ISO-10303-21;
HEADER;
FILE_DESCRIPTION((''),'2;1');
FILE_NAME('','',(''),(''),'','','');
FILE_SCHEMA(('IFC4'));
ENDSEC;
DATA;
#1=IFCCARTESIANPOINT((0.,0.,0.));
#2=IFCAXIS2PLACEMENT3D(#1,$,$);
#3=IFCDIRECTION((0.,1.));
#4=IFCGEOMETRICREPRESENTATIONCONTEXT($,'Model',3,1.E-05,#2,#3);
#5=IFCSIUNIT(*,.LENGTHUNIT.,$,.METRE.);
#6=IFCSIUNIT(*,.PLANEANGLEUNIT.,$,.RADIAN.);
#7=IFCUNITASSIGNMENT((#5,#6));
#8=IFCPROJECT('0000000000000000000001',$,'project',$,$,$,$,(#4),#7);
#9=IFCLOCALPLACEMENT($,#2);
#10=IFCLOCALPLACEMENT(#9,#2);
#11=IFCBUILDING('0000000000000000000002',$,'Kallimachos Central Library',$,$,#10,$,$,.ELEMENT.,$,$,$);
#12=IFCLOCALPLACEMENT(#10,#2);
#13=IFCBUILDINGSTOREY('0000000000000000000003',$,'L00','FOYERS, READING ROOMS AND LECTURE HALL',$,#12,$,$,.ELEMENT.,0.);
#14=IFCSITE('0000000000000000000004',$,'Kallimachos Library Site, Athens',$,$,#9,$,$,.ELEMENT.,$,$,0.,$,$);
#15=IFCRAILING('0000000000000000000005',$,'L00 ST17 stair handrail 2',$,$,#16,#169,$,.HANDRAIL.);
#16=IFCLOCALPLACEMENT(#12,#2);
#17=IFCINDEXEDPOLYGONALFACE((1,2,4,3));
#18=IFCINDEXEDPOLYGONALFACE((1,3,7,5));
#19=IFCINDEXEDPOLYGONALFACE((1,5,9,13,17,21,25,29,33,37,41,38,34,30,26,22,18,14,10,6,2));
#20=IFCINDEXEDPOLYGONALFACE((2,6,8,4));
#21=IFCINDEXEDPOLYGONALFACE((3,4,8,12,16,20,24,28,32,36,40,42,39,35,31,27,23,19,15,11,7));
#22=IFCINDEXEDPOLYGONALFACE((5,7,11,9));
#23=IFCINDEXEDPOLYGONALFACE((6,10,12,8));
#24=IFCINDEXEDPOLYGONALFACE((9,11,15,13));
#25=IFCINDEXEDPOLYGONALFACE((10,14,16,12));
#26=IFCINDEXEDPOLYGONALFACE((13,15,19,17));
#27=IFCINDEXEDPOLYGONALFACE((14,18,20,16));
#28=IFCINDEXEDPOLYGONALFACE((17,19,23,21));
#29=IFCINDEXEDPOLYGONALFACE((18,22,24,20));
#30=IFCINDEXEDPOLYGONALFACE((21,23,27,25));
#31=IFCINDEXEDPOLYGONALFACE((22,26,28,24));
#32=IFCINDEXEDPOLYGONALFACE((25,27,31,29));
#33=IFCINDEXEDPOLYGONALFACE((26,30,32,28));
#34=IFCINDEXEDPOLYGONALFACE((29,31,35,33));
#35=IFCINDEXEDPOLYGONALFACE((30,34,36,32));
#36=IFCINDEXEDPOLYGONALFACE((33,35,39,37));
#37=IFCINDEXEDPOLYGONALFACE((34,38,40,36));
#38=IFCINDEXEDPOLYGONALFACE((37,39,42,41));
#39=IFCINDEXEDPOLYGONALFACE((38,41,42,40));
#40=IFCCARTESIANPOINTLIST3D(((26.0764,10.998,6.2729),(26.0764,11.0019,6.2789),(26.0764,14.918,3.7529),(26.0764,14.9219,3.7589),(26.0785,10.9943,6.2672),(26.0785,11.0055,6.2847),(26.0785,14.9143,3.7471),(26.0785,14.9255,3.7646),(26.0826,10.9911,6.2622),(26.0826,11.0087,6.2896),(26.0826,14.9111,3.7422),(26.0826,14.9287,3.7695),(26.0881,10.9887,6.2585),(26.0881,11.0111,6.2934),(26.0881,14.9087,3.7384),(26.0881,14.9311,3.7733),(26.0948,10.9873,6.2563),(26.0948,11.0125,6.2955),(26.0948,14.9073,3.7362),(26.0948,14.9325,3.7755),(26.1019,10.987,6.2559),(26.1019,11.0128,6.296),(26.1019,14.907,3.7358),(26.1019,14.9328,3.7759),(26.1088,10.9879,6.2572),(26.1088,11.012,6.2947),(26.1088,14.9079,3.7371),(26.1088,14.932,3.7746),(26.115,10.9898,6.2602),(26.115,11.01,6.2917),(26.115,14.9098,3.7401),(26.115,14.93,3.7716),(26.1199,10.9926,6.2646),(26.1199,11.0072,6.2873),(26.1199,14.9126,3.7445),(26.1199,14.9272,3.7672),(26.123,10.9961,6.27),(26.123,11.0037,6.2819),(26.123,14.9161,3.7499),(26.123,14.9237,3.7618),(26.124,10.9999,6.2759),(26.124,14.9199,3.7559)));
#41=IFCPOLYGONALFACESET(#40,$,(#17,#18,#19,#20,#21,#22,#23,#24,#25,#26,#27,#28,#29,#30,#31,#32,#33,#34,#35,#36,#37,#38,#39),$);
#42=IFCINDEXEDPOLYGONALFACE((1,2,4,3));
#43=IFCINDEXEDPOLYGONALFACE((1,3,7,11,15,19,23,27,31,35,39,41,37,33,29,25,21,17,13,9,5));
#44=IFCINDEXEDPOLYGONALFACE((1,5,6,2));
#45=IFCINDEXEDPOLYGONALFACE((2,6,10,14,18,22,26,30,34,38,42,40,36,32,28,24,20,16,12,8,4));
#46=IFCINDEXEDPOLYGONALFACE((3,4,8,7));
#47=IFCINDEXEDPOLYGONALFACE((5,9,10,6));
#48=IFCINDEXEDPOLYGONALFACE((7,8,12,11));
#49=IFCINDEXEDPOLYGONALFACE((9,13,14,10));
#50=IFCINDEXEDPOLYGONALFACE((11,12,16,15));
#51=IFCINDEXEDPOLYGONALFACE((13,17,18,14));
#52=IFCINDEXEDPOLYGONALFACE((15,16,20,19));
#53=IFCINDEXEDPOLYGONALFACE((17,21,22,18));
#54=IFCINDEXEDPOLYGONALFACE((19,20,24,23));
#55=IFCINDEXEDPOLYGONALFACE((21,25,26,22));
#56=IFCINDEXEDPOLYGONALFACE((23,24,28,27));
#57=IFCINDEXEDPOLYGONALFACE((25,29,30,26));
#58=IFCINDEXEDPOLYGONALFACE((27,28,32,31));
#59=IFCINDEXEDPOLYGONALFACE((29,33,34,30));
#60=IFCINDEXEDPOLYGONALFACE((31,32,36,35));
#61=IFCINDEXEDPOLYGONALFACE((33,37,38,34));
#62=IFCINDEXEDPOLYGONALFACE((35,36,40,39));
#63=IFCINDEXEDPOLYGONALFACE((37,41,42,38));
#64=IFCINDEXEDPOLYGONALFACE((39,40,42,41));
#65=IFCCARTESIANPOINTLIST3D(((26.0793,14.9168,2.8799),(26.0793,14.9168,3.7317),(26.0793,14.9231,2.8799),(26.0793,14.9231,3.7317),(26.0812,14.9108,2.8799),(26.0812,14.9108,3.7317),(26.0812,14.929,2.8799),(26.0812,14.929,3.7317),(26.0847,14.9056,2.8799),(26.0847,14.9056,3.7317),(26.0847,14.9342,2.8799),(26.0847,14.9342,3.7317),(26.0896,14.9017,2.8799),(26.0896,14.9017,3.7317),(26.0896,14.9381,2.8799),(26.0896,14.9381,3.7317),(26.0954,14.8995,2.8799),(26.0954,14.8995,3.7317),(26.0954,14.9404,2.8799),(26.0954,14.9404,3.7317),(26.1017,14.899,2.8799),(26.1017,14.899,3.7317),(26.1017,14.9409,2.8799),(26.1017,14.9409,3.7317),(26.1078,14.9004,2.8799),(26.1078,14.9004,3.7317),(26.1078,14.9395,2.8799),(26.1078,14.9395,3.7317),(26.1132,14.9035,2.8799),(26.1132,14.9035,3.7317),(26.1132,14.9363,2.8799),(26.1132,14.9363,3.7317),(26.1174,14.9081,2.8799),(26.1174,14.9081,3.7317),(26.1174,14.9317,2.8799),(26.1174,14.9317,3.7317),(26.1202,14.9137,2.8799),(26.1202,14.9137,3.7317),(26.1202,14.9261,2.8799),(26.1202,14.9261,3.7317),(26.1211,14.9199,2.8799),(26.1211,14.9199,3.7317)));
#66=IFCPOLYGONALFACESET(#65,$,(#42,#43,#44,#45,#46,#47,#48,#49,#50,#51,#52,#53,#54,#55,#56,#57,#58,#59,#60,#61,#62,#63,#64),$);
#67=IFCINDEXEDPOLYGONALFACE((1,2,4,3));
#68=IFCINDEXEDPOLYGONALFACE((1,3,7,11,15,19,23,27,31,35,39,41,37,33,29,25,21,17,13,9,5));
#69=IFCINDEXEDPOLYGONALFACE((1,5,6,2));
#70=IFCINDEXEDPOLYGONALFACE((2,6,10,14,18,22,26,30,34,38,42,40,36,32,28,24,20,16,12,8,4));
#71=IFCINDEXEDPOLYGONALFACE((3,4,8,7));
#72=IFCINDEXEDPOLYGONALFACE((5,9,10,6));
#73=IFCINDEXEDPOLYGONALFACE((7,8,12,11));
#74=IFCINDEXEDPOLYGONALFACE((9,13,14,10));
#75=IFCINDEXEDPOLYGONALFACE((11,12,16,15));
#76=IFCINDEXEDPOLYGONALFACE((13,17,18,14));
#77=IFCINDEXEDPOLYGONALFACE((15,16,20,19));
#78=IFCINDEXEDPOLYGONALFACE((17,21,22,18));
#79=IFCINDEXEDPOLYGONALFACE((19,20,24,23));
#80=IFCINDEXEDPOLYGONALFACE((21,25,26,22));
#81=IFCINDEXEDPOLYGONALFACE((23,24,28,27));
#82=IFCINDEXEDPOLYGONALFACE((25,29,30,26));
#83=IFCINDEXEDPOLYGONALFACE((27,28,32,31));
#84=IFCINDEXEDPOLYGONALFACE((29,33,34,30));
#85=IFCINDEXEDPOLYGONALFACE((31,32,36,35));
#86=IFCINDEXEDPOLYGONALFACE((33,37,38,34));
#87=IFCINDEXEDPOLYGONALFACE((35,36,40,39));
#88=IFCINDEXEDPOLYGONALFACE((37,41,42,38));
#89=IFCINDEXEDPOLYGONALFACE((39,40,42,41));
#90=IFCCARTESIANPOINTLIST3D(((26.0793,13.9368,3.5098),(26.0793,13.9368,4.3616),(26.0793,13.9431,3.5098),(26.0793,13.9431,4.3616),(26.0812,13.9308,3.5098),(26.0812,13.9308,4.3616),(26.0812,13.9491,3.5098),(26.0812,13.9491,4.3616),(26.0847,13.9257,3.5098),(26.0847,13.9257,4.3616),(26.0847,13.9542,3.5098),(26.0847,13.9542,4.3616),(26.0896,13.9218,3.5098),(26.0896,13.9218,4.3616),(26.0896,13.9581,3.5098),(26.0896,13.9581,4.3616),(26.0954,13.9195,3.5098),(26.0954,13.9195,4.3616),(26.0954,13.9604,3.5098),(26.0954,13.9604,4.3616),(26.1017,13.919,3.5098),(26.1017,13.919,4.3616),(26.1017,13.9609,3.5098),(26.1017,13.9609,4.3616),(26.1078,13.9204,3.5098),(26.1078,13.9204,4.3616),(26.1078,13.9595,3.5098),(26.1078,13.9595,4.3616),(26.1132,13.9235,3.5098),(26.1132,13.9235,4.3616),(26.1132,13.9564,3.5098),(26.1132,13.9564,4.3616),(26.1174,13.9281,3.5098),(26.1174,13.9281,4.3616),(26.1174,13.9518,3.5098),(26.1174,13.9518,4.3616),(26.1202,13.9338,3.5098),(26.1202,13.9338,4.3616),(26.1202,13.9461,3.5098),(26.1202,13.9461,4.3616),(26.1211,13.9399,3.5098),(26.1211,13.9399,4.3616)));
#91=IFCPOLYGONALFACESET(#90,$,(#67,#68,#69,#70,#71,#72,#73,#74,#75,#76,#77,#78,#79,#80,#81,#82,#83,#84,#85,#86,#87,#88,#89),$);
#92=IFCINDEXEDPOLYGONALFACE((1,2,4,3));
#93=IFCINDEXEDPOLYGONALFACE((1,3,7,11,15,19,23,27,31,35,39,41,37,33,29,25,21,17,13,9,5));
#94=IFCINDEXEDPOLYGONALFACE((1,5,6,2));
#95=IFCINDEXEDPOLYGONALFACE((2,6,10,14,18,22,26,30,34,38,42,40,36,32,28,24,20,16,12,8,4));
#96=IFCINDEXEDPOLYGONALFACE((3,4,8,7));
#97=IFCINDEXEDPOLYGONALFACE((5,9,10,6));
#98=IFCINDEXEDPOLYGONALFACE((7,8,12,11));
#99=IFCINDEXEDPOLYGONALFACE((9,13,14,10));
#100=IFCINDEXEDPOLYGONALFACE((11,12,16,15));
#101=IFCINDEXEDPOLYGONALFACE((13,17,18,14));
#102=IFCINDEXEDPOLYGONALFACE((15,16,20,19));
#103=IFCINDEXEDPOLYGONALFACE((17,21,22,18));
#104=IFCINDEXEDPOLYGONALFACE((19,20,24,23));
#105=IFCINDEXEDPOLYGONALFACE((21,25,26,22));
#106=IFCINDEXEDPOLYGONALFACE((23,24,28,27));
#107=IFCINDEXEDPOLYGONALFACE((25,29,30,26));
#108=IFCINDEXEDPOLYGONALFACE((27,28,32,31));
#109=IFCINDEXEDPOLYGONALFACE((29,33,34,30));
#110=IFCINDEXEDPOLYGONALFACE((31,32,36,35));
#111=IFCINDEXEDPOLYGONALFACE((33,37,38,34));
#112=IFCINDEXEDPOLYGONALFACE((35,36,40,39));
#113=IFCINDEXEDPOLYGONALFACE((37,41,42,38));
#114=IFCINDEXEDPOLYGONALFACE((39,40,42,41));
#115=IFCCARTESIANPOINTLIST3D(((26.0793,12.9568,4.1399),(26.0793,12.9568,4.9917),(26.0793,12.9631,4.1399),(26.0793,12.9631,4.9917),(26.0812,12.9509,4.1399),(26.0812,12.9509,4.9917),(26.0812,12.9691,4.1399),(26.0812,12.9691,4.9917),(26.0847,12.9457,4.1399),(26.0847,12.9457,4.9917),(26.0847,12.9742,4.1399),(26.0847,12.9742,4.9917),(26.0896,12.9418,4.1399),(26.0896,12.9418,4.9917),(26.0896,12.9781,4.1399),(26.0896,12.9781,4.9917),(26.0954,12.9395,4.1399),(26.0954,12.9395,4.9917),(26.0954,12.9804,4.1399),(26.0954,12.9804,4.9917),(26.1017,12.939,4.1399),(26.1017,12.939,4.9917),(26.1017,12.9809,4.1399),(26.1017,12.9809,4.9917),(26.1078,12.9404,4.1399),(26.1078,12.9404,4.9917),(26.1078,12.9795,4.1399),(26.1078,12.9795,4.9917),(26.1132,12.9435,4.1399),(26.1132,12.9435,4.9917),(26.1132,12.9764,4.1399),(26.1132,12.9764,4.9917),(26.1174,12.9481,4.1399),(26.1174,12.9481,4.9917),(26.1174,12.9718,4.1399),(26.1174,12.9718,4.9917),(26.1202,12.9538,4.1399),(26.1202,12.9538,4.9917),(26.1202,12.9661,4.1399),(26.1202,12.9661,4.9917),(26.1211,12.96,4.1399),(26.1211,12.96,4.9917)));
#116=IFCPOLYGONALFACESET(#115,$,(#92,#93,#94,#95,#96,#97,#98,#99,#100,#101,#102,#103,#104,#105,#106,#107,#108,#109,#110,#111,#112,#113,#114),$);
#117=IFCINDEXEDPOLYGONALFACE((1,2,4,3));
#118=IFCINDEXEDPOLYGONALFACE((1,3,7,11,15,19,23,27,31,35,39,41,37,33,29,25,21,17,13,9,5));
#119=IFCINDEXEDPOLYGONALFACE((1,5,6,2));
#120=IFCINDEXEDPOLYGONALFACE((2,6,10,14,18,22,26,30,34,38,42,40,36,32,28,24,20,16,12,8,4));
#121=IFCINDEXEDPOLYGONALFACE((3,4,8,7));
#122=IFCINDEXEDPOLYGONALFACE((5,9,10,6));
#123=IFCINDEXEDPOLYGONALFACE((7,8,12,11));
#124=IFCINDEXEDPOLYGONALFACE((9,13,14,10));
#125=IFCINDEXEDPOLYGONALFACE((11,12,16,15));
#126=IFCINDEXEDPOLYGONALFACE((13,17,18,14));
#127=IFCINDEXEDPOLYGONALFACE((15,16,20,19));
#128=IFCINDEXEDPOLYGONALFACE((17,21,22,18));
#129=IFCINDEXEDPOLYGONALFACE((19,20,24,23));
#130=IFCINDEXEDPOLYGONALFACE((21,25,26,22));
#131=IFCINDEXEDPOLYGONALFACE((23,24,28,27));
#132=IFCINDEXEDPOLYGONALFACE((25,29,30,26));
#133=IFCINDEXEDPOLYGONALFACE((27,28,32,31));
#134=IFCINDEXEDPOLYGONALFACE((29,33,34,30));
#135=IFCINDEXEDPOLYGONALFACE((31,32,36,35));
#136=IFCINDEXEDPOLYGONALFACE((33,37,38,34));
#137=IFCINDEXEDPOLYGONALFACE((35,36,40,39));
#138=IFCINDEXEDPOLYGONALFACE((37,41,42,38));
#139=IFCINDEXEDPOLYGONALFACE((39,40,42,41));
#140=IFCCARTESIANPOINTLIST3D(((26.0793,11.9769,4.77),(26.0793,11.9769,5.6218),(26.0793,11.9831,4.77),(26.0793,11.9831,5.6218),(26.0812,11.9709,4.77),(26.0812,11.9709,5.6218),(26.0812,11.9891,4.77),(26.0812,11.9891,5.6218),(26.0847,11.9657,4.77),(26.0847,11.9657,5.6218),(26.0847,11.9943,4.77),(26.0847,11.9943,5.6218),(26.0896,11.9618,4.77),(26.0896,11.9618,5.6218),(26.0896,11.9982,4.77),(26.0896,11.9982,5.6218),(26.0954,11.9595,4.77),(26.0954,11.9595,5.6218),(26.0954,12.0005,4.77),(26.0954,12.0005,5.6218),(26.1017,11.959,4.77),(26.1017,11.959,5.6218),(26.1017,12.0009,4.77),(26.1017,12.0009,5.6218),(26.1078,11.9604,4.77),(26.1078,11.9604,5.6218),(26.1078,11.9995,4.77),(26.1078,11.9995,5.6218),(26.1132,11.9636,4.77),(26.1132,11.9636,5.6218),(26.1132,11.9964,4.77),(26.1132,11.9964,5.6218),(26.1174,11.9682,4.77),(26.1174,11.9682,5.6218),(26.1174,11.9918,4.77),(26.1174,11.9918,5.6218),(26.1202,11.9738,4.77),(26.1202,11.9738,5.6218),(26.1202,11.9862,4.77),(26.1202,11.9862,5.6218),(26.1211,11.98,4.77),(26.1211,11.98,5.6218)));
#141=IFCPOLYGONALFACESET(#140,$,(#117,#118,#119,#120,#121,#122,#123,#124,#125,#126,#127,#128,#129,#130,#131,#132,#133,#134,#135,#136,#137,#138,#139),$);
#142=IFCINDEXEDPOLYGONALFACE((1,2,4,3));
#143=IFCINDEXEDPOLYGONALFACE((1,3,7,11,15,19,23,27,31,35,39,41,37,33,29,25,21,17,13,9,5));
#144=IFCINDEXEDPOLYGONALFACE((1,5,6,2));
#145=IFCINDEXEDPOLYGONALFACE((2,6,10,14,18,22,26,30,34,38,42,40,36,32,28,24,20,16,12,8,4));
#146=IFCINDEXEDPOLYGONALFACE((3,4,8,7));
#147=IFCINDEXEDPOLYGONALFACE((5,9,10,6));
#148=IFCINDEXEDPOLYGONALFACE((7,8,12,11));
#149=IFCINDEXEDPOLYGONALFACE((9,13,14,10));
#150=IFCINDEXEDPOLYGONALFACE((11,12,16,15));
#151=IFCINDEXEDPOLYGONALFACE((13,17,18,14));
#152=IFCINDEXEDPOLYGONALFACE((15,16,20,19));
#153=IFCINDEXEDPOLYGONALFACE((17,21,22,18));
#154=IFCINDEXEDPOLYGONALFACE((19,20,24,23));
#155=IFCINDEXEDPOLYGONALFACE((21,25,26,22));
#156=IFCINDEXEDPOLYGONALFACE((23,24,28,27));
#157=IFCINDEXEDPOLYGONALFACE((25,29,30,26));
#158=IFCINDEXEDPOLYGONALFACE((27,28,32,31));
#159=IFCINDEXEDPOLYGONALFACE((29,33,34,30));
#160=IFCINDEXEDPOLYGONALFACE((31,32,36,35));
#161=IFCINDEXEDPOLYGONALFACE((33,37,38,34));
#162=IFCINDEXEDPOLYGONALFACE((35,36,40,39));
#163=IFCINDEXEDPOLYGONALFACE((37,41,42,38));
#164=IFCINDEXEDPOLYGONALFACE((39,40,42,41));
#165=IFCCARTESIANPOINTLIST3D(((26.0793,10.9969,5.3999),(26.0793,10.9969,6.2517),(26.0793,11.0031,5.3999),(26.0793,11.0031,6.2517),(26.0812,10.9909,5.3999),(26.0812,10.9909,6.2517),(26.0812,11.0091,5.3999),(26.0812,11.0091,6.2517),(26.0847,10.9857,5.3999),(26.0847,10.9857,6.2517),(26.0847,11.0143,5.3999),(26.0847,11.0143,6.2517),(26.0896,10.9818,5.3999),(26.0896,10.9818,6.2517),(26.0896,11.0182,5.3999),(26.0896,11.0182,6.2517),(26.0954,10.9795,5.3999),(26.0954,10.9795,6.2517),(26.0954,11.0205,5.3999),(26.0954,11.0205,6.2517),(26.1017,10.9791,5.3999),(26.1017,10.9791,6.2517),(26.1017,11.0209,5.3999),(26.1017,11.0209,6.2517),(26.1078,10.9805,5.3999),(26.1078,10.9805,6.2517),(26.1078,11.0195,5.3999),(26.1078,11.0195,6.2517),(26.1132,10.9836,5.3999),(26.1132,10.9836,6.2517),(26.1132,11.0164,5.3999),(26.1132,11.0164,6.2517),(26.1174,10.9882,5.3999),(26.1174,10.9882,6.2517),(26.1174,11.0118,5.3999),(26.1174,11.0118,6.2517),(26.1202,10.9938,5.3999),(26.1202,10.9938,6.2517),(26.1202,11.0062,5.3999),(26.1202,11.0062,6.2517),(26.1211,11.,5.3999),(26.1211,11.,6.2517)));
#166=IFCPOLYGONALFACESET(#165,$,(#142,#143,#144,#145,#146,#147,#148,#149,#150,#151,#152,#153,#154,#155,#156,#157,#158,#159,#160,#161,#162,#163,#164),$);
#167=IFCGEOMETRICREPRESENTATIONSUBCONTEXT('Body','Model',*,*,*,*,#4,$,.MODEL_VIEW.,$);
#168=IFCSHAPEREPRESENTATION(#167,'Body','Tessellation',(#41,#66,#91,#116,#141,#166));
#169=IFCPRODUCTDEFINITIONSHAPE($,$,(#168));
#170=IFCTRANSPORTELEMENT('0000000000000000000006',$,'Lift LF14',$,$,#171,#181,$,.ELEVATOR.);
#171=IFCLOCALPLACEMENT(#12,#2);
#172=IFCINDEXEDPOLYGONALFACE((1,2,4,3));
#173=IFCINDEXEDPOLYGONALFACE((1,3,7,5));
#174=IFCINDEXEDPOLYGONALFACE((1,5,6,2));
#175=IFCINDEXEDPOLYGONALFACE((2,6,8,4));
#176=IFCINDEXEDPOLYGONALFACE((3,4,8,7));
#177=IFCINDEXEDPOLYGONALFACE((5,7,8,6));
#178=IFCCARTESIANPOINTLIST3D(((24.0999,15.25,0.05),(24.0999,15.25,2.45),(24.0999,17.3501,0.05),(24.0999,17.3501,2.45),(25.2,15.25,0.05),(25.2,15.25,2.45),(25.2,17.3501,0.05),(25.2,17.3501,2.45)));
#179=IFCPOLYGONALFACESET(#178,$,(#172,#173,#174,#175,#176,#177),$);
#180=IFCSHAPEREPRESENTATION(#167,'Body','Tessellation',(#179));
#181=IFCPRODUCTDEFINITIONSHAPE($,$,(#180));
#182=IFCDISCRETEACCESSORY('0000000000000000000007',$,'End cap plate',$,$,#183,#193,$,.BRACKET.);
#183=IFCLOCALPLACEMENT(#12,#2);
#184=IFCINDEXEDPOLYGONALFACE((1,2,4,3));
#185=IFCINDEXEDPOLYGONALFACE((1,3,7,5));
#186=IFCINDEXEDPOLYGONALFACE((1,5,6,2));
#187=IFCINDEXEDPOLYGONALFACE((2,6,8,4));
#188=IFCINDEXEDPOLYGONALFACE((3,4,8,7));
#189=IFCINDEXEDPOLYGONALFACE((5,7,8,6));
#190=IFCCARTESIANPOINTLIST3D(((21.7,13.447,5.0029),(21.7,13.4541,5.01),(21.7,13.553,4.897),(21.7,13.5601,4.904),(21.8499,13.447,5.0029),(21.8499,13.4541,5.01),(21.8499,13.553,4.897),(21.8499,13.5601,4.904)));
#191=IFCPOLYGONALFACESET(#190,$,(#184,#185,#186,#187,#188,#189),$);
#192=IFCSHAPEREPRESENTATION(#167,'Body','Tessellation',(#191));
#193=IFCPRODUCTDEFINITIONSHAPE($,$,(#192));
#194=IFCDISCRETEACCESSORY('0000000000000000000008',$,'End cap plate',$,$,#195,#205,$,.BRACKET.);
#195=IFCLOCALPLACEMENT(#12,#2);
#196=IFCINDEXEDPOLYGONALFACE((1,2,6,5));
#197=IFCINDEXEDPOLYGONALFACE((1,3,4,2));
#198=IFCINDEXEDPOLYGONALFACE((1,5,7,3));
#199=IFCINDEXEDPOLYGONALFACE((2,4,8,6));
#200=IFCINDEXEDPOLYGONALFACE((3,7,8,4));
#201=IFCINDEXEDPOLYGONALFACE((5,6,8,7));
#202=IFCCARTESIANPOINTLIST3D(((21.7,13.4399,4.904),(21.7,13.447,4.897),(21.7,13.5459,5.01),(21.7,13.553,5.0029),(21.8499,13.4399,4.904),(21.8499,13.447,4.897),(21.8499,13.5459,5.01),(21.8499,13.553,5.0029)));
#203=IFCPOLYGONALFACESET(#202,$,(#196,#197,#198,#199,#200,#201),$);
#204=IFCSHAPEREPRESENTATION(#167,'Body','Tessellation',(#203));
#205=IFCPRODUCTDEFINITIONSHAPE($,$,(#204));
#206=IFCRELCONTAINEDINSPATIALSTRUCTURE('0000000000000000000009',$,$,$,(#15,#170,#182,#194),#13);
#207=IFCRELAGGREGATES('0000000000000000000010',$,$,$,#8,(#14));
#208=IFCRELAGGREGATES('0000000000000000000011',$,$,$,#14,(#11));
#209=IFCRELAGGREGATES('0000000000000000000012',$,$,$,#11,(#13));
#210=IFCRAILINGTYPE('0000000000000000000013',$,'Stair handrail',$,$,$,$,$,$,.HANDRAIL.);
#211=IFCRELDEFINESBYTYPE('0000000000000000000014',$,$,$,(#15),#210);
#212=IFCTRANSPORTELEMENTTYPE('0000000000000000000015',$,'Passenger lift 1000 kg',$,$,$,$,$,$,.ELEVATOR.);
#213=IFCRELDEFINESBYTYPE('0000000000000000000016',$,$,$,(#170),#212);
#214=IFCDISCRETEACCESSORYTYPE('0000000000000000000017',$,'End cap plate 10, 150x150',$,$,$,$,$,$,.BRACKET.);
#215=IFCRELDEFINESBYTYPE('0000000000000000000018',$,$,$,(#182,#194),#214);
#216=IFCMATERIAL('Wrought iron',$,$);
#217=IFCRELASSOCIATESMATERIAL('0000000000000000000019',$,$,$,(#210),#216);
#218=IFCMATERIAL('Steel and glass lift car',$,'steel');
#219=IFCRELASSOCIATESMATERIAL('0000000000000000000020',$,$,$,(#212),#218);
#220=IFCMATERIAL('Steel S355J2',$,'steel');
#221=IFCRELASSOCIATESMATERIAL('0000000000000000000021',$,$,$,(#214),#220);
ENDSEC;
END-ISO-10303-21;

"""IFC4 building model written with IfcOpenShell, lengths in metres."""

from ifc_helpers import new_model, si_unit, direction, frame, origin, origin_2d, place, context, subcontext, project, spatial, rectangle, circle, extrude, material, material_profile, profile_set, type_object, element, save


model = new_model("IFC4")

# Units and contexts
model_context = context("Model", 3, precision=1e-05, world=origin(), true_north=direction((0.0, 1.0)))
body_context = subcontext(model_context, "Body", "Model", "MODEL_VIEW")
ifc_project = project(units=[si_unit("LENGTHUNIT", "METRE"), si_unit("PLANEANGLEUNIT", "RADIAN")], contexts=[model_context])

# Site, building, storey
site_placement = place(None, origin())
site = spatial("IfcSite", under=ifc_project, at=site_placement, Name="Kallimachos Library Site, Athens", CompositionType="ELEMENT", RefElevation=0.0)
building_placement = place(site_placement, origin())
building = spatial("IfcBuilding", under=site, at=building_placement, Name="Kallimachos Central Library", CompositionType="ELEMENT")
storey_placement = place(building_placement, origin())
storey = spatial("IfcBuildingStorey", under=building, at=storey_placement, Name="L00", Description="FOYERS, READING ROOMS AND LECTURE HALL", CompositionType="ELEMENT", Elevation=0.0)

# Railing
ifc_material_1 = material(Name="Wrought iron")
railing_type_1 = type_object("IfcRailingType", Name="Stair handrail", PredefinedType="HANDRAIL", material=ifc_material_1)
railing_1_placement = place(storey_placement, frame((26.1001, 14.9199, 2.8799)))
element("IfcRailing", 1, at=railing_1_placement, inside=storey, type_object=railing_type_1, Name="L00 ST17 stair handrail 2", PredefinedType="HANDRAIL", context=body_context, shape_type="SweptSolid", body=[
    extrude(circle(Radius=0.0239, at=origin_2d()), frame((0.0, 0.0, 0.876), z_axis=(0.0, -0.841172, 0.540768), x_axis=(1.0, 0.0, 0.0)), (0.0, 0.0, 1.0), 4.6602),
    extrude(circle(Radius=0.021, at=origin_2d()), origin(), (0.0, 0.0, 1.0), 0.8518),
    extrude(circle(Radius=0.021, at=origin_2d()), frame((0.0, -0.98, 0.6299)), (0.0, 0.0, 1.0), 0.8518),
    extrude(circle(Radius=0.021, at=origin_2d()), frame((0.0, -1.96, 1.26)), (0.0, 0.0, 1.0), 0.8518),
    extrude(circle(Radius=0.021, at=origin_2d()), frame((0.0, -2.9399, 1.8901)), (0.0, 0.0, 1.0), 0.8518),
    extrude(circle(Radius=0.021, at=origin_2d()), frame((0.0, -3.9199, 2.52)), (0.0, 0.0, 1.0), 0.8518),
])

# Transport element
ifc_material_2 = material(Name="Steel and glass lift car", Category="steel")
transport_element_type = type_object("IfcTransportElementType", Name="Passenger lift 1000 kg", PredefinedType="ELEVATOR", material=ifc_material_2)
transport_element_placement = place(storey_placement, frame((24.6499, 16.3, 0.05), z_axis=(0.0, 0.0, 1.0), x_axis=(1.0, 0.0, 0.0)))
element("IfcTransportElement", 2, at=transport_element_placement, inside=storey, type_object=transport_element_type, Name="Lift LF14", PredefinedType="ELEVATOR", context=body_context, shape_type="SweptSolid", body=[
    extrude(rectangle(XDim=1.1001, YDim=2.1001, at=origin_2d()), origin(), (0.0, 0.0, 1.0), 2.3999),
])

# Discrete accessories
ifc_material_3 = material(Name="Steel S355J2", Category="steel")
ifc_material_profile_1 = material_profile(ifc_material_3, rectangle(XDim=0.1499, YDim=0.1499, at=origin_2d()), Name="End cap plate 10, 150x150")
ifc_profile_set_1 = profile_set([ifc_material_profile_1], Name="Steel S355J2")
discrete_accessory_type_1 = type_object("IfcDiscreteAccessoryType", Name="End cap plate 10, 150x150", PredefinedType="BRACKET", material=ifc_profile_set_1)
for number, where, z_axis, x_axis, name in (
    (3, (21.7749, 13.5, 4.95), (0.0, 0.707107, 0.707107), (-1.0, 0.0, 0.0), "End cap plate"),
    (4, (21.7749, 13.5, 4.95), (0.0, -0.707107, 0.707107), (1.0, 0.0, 0.0), "End cap plate"),
):
    element("IfcDiscreteAccessory", number, at=place(storey_placement, frame(where, z_axis=z_axis, x_axis=x_axis)), inside=storey, type_object=discrete_accessory_type_1, Name=name, PredefinedType="BRACKET", context=body_context, shape_type="SweptSolid", body=[
        extrude(rectangle(XDim=0.1499, YDim=0.1499, at=origin_2d()), origin(), (0.0, 0.0, 1.0), 0.01),
    ])

save(model, "model.ifc")
